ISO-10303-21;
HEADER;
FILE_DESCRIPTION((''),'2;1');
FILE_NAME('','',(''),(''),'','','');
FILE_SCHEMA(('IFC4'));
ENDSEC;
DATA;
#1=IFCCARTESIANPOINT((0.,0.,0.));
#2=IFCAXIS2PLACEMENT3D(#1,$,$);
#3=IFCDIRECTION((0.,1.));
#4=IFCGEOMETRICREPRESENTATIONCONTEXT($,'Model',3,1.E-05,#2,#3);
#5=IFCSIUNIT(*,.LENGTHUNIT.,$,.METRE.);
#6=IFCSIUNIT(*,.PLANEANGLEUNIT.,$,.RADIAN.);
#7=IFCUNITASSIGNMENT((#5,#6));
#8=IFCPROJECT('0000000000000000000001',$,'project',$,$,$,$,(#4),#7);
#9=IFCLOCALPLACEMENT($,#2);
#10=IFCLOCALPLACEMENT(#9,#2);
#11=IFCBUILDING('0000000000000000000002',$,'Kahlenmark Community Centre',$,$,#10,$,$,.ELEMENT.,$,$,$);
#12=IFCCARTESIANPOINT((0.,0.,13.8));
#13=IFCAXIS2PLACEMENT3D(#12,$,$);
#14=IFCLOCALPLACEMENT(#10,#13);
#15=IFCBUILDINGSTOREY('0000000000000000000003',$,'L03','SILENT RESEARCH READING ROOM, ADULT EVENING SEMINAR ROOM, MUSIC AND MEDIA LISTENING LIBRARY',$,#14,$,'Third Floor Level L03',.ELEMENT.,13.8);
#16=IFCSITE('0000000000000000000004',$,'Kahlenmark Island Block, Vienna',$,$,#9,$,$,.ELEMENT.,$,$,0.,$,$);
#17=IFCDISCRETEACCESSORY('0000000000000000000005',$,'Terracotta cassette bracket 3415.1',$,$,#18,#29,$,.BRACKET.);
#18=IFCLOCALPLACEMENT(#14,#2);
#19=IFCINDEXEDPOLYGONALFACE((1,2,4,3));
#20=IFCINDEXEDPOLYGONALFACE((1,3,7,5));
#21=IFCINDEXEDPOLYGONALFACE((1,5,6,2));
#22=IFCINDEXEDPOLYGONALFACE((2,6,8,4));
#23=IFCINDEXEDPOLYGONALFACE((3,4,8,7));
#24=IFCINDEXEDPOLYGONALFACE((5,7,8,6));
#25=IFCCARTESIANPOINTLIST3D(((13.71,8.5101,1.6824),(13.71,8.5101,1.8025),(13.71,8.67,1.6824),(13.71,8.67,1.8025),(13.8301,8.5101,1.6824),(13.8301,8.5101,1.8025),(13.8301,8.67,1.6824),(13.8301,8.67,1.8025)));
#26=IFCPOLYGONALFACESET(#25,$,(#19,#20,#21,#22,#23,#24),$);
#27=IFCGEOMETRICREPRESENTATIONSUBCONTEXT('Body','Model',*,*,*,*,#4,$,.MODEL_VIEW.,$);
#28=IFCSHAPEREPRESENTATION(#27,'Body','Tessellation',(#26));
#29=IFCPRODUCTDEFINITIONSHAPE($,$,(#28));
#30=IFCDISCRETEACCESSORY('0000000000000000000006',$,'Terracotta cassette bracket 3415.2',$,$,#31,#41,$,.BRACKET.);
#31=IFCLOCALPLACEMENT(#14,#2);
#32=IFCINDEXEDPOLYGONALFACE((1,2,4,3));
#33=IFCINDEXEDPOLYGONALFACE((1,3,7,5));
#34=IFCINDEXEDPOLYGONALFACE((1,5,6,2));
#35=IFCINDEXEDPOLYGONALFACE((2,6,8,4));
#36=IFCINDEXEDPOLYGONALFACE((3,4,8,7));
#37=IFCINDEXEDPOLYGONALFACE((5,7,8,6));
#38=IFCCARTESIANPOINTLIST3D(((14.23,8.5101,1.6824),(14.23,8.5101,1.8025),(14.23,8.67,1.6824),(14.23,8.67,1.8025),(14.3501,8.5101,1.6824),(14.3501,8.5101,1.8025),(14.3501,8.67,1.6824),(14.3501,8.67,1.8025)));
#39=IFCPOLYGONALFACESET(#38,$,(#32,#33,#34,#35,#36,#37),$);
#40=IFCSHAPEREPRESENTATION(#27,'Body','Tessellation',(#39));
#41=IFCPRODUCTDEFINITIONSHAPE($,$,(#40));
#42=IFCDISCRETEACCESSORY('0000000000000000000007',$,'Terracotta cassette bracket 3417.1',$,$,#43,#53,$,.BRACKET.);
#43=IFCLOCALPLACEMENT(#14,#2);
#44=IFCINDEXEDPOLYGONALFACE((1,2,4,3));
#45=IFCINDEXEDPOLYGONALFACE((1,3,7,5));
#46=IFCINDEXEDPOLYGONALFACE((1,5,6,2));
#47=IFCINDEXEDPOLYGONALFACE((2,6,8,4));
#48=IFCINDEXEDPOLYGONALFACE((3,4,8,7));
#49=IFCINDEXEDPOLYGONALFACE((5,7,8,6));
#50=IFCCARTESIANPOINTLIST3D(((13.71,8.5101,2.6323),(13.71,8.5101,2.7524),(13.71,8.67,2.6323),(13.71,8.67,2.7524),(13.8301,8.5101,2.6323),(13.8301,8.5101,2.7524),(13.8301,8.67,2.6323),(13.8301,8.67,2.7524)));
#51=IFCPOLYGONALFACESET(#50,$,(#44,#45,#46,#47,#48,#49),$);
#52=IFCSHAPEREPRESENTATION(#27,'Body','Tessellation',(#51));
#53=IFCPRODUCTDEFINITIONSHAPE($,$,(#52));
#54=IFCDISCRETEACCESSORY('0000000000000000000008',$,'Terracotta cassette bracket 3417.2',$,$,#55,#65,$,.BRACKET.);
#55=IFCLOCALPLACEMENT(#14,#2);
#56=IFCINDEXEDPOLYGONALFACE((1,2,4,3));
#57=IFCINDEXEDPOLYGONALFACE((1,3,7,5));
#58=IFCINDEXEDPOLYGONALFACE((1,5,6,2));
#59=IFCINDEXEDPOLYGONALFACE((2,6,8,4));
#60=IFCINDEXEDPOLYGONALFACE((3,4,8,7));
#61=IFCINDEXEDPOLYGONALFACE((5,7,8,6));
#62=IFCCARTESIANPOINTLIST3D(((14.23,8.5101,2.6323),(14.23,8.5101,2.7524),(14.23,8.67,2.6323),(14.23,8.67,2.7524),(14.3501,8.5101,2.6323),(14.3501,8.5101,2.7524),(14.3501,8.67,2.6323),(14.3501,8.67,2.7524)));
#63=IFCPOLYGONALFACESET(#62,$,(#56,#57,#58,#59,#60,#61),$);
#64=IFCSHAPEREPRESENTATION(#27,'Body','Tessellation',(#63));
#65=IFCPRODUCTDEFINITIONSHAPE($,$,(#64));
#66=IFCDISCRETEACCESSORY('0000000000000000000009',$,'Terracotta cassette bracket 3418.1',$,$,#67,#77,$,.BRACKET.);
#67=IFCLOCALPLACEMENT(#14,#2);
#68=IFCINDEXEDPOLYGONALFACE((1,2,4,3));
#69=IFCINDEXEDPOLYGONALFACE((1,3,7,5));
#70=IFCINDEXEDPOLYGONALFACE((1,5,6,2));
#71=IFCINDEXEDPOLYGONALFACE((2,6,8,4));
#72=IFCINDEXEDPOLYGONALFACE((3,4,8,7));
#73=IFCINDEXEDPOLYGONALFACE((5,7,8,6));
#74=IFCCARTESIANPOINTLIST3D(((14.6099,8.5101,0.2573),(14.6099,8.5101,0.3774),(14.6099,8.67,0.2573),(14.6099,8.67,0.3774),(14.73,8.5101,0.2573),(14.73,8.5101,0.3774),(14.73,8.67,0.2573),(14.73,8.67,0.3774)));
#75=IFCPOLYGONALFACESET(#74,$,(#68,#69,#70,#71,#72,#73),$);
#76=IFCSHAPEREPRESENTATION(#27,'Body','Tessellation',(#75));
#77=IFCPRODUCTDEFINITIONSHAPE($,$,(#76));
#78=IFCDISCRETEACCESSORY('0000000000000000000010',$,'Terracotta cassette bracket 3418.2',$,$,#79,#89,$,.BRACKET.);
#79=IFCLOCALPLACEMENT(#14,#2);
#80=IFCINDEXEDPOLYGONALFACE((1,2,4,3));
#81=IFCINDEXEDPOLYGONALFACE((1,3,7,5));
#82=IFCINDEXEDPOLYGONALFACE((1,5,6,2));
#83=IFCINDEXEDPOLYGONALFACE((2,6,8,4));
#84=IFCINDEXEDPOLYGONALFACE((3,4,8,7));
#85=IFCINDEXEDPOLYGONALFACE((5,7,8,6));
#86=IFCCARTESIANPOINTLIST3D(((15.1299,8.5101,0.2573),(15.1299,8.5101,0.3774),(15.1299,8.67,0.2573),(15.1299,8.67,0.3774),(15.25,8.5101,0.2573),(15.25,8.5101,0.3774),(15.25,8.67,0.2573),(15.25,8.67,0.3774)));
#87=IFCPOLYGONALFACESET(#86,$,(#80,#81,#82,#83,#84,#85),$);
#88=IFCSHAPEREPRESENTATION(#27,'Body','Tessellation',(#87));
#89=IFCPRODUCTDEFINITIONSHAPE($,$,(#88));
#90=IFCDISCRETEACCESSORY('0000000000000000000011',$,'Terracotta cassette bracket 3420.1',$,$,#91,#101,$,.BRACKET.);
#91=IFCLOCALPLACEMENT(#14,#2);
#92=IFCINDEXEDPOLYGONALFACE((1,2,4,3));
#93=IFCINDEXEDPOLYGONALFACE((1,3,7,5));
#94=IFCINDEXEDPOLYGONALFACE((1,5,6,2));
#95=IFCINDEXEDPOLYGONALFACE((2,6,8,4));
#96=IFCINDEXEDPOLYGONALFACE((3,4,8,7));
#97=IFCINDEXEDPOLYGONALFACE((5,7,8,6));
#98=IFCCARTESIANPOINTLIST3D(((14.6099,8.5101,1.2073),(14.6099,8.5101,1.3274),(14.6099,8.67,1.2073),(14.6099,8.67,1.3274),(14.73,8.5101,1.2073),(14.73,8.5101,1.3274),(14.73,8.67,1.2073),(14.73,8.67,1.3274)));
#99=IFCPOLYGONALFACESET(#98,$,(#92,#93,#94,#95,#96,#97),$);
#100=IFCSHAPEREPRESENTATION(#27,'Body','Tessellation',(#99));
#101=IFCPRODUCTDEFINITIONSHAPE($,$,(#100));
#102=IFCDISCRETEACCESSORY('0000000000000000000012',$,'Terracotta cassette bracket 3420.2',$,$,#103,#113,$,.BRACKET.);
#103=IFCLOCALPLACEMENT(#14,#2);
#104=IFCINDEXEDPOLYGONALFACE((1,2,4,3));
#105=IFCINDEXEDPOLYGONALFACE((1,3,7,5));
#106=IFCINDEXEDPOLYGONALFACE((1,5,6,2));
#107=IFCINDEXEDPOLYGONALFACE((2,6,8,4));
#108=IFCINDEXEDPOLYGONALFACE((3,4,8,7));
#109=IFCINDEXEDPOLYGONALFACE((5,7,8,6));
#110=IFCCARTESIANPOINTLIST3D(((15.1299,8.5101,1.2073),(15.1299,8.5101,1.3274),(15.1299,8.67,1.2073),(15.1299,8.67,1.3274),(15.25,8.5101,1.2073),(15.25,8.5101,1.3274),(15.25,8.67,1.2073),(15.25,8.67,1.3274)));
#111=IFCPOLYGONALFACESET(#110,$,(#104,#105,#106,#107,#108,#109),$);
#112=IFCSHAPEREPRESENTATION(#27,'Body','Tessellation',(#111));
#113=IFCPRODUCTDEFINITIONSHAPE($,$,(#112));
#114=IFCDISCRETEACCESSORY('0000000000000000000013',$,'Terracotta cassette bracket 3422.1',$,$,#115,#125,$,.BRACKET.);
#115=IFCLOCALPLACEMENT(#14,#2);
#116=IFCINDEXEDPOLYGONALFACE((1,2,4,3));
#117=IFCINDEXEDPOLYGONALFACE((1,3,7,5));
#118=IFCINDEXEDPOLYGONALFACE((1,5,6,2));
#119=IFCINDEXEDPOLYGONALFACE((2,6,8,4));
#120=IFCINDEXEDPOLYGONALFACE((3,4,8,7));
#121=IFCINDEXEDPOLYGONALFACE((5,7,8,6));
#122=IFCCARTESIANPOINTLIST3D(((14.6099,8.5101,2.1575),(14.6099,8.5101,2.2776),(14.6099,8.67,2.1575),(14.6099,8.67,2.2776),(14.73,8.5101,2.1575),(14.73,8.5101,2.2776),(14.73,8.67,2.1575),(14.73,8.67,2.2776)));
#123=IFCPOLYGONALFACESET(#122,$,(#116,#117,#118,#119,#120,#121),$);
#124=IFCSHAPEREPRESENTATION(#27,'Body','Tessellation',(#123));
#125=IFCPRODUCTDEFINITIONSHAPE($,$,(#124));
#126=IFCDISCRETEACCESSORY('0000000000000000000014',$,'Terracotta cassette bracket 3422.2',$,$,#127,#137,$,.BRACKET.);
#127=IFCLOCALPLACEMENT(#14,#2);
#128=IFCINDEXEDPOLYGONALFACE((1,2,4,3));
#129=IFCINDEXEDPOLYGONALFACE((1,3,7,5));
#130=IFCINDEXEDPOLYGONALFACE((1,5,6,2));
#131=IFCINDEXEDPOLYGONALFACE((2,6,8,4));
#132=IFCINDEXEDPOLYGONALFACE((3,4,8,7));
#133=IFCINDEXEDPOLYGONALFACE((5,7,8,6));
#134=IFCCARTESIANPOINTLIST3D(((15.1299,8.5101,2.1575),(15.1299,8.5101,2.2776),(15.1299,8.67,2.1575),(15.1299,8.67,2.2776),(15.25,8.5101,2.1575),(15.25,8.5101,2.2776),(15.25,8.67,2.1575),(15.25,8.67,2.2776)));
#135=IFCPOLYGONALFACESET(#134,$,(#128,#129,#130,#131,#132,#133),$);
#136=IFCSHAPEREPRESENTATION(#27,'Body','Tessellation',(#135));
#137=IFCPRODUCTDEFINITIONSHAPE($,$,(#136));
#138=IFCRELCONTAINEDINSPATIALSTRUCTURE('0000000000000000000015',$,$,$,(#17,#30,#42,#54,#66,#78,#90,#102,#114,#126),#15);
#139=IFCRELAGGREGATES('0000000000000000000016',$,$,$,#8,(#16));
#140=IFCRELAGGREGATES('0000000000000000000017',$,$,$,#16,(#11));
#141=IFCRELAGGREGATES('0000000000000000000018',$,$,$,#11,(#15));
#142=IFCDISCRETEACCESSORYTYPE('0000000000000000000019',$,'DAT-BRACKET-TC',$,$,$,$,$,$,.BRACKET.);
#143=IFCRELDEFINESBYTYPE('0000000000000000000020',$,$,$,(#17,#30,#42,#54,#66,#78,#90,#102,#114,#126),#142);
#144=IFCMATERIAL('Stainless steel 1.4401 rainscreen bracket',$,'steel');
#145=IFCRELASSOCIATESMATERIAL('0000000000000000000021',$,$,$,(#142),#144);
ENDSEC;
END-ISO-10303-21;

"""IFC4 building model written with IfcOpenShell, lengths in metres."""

from ifc_helpers import new_model, si_unit, direction, frame, origin, origin_2d, place, context, subcontext, project, spatial, rectangle, extrude, material, type_object, element, save


model = new_model("IFC4")

# Units and contexts
model_context = context("Model", 3, precision=1e-05, world=origin(), true_north=direction((0.0, 1.0)))
body_context = subcontext(model_context, "Body", "Model", "MODEL_VIEW")
ifc_project = project(units=[si_unit("LENGTHUNIT", "METRE"), si_unit("PLANEANGLEUNIT", "RADIAN")], contexts=[model_context])

# Site, building, storey
site_placement = place(None, origin())
site = spatial("IfcSite", under=ifc_project, at=site_placement, Name="Kahlenmark Island Block, Vienna", CompositionType="ELEMENT", RefElevation=0.0)
building_placement = place(site_placement, origin())
building = spatial("IfcBuilding", under=site, at=building_placement, Name="Kahlenmark Community Centre", CompositionType="ELEMENT")
storey_placement = place(building_placement, frame((0.0, 0.0, 13.8)))
storey = spatial("IfcBuildingStorey", under=building, at=storey_placement, Name="L03", Description="SILENT RESEARCH READING ROOM, ADULT EVENING SEMINAR ROOM, MUSIC AND MEDIA LISTENING LIBRARY", LongName="Third Floor Level L03", CompositionType="ELEMENT", Elevation=13.8)

# Discrete accessories
ifc_material_1 = material(Name="Stainless steel 1.4401 rainscreen bracket", Category="steel")
discrete_accessory_type = type_object("IfcDiscreteAccessoryType", Name="DAT-BRACKET-TC", PredefinedType="BRACKET", material=ifc_material_1)
for number, where, z_axis, x_axis, name in (
    (1, (13.77, 8.5901, 1.6824), (0.0, 0.0, 1.0), (1.0, 0.0, 0.0), "Terracotta cassette bracket 3415.1"),
    (2, (14.29, 8.5901, 1.6824), (0.0, 0.0, 1.0), (1.0, 0.0, 0.0), "Terracotta cassette bracket 3415.2"),
    (3, (13.77, 8.5901, 2.6323), (0.0, 0.0, 1.0), (1.0, 0.0, 0.0), "Terracotta cassette bracket 3417.1"),
    (4, (14.29, 8.5901, 2.6323), (0.0, 0.0, 1.0), (1.0, 0.0, 0.0), "Terracotta cassette bracket 3417.2"),
    (5, (14.6699, 8.5901, 0.2573), (0.0, 0.0, 1.0), (1.0, 0.0, 0.0), "Terracotta cassette bracket 3418.1"),
    (6, (15.1899, 8.5901, 0.2573), (0.0, 0.0, 1.0), (1.0, 0.0, 0.0), "Terracotta cassette bracket 3418.2"),
    (7, (14.6699, 8.5901, 1.2073), (0.0, 0.0, 1.0), (1.0, 0.0, 0.0), "Terracotta cassette bracket 3420.1"),
    (8, (15.1899, 8.5901, 1.2073), (0.0, 0.0, 1.0), (1.0, 0.0, 0.0), "Terracotta cassette bracket 3420.2"),
    (9, (14.6699, 8.5901, 2.1575), (0.0, 0.0, 1.0), (1.0, 0.0, 0.0), "Terracotta cassette bracket 3422.1"),
    (10, (15.1899, 8.5901, 2.1575), (0.0, 0.0, 1.0), (1.0, 0.0, 0.0), "Terracotta cassette bracket 3422.2"),
):
    element("IfcDiscreteAccessory", number, at=place(storey_placement, frame(where, z_axis=z_axis, x_axis=x_axis)), inside=storey, type_object=discrete_accessory_type, Name=name, PredefinedType="BRACKET", context=body_context, shape_type="SweptSolid", body=[
        extrude(rectangle(XDim=0.1201, YDim=0.1599, at=origin_2d()), origin(), (0.0, 0.0, 1.0), 0.1201),
    ])

save(model, "model.ifc")
